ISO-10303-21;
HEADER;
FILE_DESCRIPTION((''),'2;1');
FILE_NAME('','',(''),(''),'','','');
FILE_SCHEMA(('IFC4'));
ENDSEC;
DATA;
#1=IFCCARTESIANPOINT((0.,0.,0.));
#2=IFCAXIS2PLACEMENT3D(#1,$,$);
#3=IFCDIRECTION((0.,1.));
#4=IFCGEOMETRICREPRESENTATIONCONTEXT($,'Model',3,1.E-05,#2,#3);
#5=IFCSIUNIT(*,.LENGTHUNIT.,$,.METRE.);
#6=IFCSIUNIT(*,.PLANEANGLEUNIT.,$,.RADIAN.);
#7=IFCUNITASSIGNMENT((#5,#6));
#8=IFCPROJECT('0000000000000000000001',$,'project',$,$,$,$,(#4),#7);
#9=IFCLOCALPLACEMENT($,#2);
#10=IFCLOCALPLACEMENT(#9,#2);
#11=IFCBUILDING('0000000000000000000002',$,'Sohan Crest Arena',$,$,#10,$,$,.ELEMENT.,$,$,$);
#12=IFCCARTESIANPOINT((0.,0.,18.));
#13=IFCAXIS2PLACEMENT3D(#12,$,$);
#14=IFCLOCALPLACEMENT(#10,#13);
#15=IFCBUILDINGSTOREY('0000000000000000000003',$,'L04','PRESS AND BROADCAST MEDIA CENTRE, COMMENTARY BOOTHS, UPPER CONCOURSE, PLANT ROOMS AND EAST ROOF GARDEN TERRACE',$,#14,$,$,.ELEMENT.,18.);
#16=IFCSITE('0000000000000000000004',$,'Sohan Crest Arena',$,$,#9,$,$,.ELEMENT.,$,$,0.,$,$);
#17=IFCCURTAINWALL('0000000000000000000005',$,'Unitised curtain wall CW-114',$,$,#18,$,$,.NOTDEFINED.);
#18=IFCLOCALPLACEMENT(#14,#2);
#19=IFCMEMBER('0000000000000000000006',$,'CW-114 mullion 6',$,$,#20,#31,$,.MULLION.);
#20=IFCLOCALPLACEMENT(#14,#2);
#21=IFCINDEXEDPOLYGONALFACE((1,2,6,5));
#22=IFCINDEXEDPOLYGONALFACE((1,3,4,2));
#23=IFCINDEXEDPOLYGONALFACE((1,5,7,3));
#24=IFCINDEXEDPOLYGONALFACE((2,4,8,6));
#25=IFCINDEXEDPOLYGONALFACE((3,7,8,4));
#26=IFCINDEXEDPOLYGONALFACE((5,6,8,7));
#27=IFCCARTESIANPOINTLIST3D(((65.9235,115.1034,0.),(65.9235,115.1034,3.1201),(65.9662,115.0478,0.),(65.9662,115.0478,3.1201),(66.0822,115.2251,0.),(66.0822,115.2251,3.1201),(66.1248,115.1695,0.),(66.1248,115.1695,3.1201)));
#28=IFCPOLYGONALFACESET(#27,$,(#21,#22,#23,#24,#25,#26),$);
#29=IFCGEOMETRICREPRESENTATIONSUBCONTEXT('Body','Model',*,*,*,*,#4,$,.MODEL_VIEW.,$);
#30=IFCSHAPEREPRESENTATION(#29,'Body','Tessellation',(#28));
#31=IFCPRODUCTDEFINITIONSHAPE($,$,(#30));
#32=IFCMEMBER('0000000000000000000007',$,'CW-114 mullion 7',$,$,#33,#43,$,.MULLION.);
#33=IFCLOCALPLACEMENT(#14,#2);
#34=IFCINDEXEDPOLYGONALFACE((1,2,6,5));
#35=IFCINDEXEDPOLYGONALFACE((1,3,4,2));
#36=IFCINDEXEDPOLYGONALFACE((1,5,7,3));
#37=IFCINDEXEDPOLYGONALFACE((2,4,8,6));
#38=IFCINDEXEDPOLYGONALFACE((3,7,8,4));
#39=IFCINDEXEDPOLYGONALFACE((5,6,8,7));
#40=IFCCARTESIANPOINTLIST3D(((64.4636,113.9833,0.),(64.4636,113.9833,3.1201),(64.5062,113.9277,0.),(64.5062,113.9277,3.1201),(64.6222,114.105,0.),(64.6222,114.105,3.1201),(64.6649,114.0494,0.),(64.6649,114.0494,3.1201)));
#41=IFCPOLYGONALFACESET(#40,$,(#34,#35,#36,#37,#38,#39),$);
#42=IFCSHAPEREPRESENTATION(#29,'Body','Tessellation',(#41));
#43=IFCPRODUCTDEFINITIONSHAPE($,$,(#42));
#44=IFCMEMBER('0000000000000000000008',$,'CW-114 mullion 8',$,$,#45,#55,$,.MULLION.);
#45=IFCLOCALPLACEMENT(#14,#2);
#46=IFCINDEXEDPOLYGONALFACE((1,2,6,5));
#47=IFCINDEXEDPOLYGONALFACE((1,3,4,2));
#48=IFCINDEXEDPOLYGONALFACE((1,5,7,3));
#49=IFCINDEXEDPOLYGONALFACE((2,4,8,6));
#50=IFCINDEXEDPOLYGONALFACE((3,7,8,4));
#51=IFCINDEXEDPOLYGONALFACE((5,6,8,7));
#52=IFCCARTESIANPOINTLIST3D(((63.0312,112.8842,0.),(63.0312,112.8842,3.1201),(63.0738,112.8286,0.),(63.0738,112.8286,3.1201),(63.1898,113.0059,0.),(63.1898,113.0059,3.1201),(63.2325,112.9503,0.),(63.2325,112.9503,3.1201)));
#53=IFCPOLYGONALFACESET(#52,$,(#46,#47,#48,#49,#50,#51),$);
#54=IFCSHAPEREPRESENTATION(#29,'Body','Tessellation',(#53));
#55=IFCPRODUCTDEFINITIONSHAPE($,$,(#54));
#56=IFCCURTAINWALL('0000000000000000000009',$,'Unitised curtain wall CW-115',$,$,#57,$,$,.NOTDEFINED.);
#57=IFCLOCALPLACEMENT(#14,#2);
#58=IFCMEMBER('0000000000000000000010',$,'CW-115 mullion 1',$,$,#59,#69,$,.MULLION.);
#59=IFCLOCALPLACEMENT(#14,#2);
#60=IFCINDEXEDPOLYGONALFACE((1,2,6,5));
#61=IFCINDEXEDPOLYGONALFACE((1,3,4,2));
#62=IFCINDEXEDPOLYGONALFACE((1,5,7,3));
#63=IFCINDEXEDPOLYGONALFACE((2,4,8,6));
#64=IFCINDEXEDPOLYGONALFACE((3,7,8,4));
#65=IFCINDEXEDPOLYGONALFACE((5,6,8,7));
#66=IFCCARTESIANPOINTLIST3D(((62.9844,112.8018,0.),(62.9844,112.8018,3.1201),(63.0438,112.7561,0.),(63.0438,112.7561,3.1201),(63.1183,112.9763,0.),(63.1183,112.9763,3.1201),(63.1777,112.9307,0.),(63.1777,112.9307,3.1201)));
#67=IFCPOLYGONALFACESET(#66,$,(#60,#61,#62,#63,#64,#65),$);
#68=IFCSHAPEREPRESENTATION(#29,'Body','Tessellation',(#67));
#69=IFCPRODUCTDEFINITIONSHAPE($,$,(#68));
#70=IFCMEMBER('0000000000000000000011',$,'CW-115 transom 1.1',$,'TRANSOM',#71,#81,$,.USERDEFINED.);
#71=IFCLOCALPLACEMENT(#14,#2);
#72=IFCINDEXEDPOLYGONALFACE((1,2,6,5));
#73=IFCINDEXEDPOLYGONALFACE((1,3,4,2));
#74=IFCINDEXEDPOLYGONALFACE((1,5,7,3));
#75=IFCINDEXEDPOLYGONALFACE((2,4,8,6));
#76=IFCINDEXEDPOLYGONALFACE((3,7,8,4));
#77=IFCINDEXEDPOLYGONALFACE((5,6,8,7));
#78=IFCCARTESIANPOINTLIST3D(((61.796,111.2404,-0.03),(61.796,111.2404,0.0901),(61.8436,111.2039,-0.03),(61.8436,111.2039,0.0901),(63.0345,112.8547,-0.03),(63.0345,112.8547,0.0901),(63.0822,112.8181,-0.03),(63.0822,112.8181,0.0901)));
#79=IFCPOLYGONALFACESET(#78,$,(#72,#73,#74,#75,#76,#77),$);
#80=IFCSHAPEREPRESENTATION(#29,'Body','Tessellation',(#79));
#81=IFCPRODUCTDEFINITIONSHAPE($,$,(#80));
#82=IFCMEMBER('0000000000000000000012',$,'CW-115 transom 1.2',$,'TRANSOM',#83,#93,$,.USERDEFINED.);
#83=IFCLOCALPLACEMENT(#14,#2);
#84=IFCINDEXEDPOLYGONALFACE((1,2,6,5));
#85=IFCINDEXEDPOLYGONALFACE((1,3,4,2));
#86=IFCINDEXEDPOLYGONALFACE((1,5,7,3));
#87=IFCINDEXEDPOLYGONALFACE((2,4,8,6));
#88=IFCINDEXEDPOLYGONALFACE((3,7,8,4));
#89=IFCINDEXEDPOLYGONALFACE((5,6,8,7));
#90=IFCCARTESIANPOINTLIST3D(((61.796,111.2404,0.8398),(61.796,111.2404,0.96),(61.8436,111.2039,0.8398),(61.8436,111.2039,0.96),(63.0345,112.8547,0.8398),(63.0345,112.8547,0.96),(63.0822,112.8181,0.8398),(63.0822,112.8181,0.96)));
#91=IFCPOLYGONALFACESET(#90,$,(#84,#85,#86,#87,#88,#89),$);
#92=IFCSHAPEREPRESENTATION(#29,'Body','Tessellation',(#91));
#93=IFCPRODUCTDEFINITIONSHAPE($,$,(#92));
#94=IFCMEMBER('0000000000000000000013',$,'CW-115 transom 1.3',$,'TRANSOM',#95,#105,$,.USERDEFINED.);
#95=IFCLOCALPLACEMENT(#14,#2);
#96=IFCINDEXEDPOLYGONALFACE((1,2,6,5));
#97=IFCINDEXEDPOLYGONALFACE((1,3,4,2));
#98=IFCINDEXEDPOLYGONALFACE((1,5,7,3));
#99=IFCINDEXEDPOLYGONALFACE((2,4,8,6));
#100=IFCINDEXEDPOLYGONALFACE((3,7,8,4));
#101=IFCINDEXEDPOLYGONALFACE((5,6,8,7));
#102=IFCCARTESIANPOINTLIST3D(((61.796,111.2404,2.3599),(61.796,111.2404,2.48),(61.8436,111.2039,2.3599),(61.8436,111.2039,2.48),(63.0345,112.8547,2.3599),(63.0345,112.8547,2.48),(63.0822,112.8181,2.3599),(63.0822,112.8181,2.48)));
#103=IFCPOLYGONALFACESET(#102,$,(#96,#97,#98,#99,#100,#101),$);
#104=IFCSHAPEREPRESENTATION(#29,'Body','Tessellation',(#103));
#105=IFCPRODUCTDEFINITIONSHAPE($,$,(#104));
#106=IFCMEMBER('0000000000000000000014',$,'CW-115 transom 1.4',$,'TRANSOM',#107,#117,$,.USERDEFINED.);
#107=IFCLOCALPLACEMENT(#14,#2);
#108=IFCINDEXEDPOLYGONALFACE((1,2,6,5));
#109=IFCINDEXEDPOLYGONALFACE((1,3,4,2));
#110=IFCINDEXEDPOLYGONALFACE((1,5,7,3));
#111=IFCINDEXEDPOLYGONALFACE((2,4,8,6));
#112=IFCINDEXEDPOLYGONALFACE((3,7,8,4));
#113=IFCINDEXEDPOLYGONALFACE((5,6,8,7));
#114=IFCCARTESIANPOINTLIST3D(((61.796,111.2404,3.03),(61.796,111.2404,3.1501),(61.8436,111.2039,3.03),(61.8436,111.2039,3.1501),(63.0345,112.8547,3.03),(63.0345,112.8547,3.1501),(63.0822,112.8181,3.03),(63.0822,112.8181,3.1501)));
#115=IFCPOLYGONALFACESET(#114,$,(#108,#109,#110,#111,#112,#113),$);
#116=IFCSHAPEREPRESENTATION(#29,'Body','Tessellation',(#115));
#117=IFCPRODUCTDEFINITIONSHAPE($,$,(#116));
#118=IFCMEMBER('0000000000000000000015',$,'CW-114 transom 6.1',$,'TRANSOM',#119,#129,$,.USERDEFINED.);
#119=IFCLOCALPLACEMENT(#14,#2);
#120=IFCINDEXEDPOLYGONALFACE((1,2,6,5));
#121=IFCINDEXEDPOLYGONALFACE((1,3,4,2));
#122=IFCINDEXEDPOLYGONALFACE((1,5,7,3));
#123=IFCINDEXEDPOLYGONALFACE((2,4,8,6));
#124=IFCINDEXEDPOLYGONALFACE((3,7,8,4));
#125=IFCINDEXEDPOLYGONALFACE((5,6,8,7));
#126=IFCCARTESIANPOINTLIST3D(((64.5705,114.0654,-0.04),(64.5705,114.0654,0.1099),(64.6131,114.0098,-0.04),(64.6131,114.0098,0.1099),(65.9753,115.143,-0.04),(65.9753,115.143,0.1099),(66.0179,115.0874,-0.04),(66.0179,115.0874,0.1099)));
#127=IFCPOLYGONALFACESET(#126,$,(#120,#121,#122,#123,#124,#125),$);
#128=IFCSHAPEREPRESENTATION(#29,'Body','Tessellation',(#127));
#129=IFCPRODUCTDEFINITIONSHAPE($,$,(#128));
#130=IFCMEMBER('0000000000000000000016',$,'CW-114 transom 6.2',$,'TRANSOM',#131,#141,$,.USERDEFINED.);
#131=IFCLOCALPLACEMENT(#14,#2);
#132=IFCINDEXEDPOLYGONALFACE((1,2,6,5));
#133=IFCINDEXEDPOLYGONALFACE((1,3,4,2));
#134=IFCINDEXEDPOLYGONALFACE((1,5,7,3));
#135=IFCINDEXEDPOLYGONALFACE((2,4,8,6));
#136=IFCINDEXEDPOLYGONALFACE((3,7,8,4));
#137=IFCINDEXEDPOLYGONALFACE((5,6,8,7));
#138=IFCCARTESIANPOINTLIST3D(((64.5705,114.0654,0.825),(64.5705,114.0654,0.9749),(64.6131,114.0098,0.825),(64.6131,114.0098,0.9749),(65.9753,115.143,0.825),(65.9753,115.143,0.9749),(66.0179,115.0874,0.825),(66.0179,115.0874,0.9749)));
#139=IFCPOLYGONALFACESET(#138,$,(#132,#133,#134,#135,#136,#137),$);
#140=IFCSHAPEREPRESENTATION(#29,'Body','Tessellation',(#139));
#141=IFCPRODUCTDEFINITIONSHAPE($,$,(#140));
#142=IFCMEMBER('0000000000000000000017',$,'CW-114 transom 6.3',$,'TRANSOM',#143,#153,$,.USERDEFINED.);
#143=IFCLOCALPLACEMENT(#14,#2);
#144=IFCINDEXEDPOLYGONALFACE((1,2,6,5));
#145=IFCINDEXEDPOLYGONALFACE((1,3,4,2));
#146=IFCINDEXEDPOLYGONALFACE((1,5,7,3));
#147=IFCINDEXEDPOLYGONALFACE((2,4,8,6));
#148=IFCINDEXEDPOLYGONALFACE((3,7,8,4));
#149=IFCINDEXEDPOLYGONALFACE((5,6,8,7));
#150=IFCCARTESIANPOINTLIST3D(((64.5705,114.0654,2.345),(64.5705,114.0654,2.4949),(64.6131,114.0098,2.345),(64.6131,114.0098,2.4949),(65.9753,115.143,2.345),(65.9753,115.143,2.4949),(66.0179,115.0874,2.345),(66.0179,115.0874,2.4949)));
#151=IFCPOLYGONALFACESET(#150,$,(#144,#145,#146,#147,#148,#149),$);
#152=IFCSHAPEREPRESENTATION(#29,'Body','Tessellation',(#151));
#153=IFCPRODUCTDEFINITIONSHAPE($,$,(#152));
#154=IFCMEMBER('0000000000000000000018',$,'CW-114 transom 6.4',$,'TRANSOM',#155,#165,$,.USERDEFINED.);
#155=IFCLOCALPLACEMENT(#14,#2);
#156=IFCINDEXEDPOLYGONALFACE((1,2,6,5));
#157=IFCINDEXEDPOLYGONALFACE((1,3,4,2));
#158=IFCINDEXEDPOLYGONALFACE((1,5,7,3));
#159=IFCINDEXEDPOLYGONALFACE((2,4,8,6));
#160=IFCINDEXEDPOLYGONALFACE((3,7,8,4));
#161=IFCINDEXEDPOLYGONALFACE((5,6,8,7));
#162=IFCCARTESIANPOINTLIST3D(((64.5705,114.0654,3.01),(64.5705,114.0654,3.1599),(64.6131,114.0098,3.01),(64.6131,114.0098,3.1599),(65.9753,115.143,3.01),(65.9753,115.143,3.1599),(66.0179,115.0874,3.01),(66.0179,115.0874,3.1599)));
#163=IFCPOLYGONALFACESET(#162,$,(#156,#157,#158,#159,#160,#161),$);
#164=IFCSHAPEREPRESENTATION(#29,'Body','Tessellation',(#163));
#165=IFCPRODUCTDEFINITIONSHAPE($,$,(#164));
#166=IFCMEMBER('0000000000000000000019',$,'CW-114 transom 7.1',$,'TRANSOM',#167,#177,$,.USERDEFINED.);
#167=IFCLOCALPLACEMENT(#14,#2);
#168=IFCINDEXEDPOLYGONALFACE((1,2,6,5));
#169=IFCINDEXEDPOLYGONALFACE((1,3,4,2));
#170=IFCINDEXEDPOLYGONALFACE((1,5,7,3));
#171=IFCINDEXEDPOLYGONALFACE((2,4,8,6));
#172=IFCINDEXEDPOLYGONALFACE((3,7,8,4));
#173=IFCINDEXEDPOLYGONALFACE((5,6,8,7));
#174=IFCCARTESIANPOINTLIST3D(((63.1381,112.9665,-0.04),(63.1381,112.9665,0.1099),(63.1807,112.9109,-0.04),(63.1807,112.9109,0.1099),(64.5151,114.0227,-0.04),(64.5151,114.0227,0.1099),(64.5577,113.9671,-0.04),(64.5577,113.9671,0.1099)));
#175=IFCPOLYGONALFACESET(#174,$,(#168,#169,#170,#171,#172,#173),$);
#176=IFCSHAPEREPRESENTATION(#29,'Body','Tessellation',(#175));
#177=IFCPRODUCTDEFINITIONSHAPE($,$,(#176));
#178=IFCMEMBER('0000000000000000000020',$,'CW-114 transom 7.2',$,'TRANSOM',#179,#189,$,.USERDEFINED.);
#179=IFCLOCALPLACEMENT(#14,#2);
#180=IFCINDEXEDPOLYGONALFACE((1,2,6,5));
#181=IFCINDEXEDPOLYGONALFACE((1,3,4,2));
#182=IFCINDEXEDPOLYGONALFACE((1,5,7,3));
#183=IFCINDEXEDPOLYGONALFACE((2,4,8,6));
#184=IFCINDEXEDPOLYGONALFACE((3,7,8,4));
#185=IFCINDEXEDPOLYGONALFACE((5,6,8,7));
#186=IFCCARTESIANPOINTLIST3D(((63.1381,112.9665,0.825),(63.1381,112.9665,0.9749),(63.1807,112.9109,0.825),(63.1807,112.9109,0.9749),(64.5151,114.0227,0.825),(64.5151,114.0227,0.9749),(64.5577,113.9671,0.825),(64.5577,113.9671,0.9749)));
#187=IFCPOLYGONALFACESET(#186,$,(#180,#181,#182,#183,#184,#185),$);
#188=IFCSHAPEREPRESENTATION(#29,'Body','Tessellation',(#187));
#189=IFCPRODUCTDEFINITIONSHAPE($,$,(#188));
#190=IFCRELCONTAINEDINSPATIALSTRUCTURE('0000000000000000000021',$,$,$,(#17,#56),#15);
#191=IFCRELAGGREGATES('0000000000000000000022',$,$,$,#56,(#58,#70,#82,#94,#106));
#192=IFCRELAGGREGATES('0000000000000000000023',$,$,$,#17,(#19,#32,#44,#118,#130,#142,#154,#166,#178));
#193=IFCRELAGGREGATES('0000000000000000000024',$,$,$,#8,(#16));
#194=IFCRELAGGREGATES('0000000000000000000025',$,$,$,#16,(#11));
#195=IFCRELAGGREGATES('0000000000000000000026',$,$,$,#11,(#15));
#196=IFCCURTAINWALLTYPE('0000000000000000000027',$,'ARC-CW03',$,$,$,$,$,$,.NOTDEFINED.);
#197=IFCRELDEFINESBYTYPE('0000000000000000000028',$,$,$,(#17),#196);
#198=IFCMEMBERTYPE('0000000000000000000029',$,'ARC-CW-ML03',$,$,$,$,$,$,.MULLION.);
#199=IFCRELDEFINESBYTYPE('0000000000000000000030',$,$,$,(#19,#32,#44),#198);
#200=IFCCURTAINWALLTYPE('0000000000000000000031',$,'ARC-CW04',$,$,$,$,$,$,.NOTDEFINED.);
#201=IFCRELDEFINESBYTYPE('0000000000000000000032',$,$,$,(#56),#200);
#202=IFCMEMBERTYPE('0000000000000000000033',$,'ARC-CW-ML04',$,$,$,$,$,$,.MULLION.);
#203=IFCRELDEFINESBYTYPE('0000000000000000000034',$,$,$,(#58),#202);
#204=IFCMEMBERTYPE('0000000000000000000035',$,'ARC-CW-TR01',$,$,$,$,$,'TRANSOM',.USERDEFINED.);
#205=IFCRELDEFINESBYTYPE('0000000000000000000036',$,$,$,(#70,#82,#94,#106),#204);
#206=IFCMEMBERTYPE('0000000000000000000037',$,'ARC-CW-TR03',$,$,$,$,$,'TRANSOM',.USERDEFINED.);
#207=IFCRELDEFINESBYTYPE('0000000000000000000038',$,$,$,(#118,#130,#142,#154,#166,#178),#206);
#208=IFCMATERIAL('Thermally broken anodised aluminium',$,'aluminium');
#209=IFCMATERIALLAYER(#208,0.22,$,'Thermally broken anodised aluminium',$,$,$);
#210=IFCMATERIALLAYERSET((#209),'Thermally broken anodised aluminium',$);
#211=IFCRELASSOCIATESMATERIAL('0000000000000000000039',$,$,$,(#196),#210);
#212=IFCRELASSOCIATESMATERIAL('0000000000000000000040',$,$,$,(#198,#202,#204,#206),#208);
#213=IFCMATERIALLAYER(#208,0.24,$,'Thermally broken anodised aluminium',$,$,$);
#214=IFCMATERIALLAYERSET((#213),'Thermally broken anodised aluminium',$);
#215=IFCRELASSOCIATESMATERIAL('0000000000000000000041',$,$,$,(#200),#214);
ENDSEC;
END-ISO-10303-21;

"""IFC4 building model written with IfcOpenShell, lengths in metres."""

from ifc_helpers import new_model, si_unit, direction, frame, origin, origin_2d, place, context, subcontext, project, spatial, rectangle, extrude, material, layer, layer_set, material_profile, profile_set, type_object, element, aggregate, save


model = new_model("IFC4")

# Units and contexts
model_context = context("Model", 3, precision=1e-05, world=origin(), true_north=direction((0.0, 1.0)))
body_context = subcontext(model_context, "Body", "Model", "MODEL_VIEW")
ifc_project = project(units=[si_unit("LENGTHUNIT", "METRE"), si_unit("PLANEANGLEUNIT", "RADIAN")], contexts=[model_context])

# Site, building, storey
site_placement = place(None, origin())
site = spatial("IfcSite", under=ifc_project, at=site_placement, Name="Sohan Crest Arena", CompositionType="ELEMENT", RefElevation=0.0)
building_placement = place(site_placement, origin())
building = spatial("IfcBuilding", under=site, at=building_placement, Name="Sohan Crest Arena", CompositionType="ELEMENT")
storey_placement = place(building_placement, frame((0.0, 0.0, 18.0)))
storey = spatial("IfcBuildingStorey", under=building, at=storey_placement, Name="L04", Description="PRESS AND BROADCAST MEDIA CENTRE, COMMENTARY BOOTHS, UPPER CONCOURSE, PLANT ROOMS AND EAST ROOF GARDEN TERRACE", CompositionType="ELEMENT", Elevation=18.0)

# Curtain walls, members
ifc_material_1 = material(Name="Thermally broken anodised aluminium", Category="aluminium")
ifc_layer_1 = layer(ifc_material_1, 0.22, Name="Thermally broken anodised aluminium")
ifc_layer_set_1 = layer_set([ifc_layer_1], Name="Thermally broken anodised aluminium")
curtain_wall_type_1 = type_object("IfcCurtainWallType", Name="ARC-CW03", PredefinedType="NOTDEFINED", material=ifc_layer_set_1)
curtain_wall_1_placement = place(storey_placement, origin())
curtain_wall_1 = element("IfcCurtainWall", 1, at=curtain_wall_1_placement, inside=storey, type_object=curtain_wall_type_1, Name="Unitised curtain wall CW-114", PredefinedType="NOTDEFINED")
ifc_material_profile_1 = material_profile(ifc_material_1, rectangle(XDim=0.0701, YDim=0.2, at=origin_2d()), Name="ALU-MULL 70x200")
ifc_profile_set_1 = profile_set([ifc_material_profile_1], Name="Thermally broken anodised aluminium")
member_type_1 = type_object("IfcMemberType", Name="ARC-CW-ML03", PredefinedType="MULLION", material=ifc_profile_set_1)
member_1_placement = place(storey_placement, frame((66.0242, 115.1365, 0.0), z_axis=(0.0, 0.0, 1.0), x_axis=(0.60872, -0.793385, 0.0)))
member_1 = element("IfcMember", 2, at=member_1_placement, type_object=member_type_1, Name="CW-114 mullion 6", PredefinedType="MULLION", context=body_context, shape_type="SweptSolid", body=[
    extrude(rectangle(XDim=0.0701, YDim=0.2, at=origin_2d()), origin(), (0.0, 0.0, 1.0), 3.1201),
])
member_2_placement = place(storey_placement, frame((64.5642, 114.0164, 0.0), z_axis=(0.0, 0.0, 1.0), x_axis=(0.60872, -0.793385, 0.0)))
member_2 = element("IfcMember", 3, at=member_2_placement, type_object=member_type_1, Name="CW-114 mullion 7", PredefinedType="MULLION", context=body_context, shape_type="SweptSolid", body=[
    extrude(rectangle(XDim=0.0701, YDim=0.2, at=origin_2d()), origin(), (0.0, 0.0, 1.0), 3.1201),
])
member_3_placement = place(storey_placement, frame((63.1318, 112.9172, 0.0), z_axis=(0.0, 0.0, 1.0), x_axis=(0.60872, -0.793385, 0.0)))
member_3 = element("IfcMember", 4, at=member_3_placement, type_object=member_type_1, Name="CW-114 mullion 8", PredefinedType="MULLION", context=body_context, shape_type="SweptSolid", body=[
    extrude(rectangle(XDim=0.0701, YDim=0.2, at=origin_2d()), origin(), (0.0, 0.0, 1.0), 3.1201),
])
ifc_layer_2 = layer(ifc_material_1, 0.24, Name="Thermally broken anodised aluminium")
ifc_layer_set_2 = layer_set([ifc_layer_2], Name="Thermally broken anodised aluminium")
curtain_wall_type_2 = type_object("IfcCurtainWallType", Name="ARC-CW04", PredefinedType="NOTDEFINED", material=ifc_layer_set_2)
curtain_wall_2_placement = place(storey_placement, origin())
curtain_wall_2 = element("IfcCurtainWall", 5, at=curtain_wall_2_placement, inside=storey, type_object=curtain_wall_type_2, Name="Unitised curtain wall CW-115", PredefinedType="NOTDEFINED")
ifc_material_profile_2 = material_profile(ifc_material_1, rectangle(XDim=0.075, YDim=0.22, at=origin_2d()), Name="ALU-MULL 75x220")
ifc_profile_set_2 = profile_set([ifc_material_profile_2], Name="Thermally broken anodised aluminium")
member_type_2 = type_object("IfcMemberType", Name="ARC-CW-ML04", PredefinedType="MULLION", material=ifc_profile_set_2)
member_4_placement = place(storey_placement, frame((63.0811, 112.8662, 0.0), z_axis=(0.0, 0.0, 1.0), x_axis=(0.793385, -0.60872, 0.0)))
member_4 = element("IfcMember", 6, at=member_4_placement, type_object=member_type_2, Name="CW-115 mullion 1", PredefinedType="MULLION", context=body_context, shape_type="SweptSolid", body=[
    extrude(rectangle(XDim=0.075, YDim=0.22, at=origin_2d()), origin(), (0.0, 0.0, 1.0), 3.1201),
])
ifc_material_profile_3 = material_profile(ifc_material_1, rectangle(XDim=0.0601, YDim=0.1201, at=origin_2d()), Name="ALU-TRAN 60x120")
ifc_profile_set_3 = profile_set([ifc_material_profile_3], Name="Thermally broken anodised aluminium")
member_type_3 = type_object("IfcMemberType", Name="ARC-CW-TR01", ElementType="TRANSOM", PredefinedType="USERDEFINED", material=ifc_profile_set_3)
member_5_placement = place(storey_placement, frame((63.0583, 112.8364, 0.03), z_axis=(-0.608719, -0.793386, 0.0), x_axis=(0.793386, -0.608719, 0.0)))
member_5 = element("IfcMember", 7, at=member_5_placement, type_object=member_type_3, Name="CW-115 transom 1.1", ObjectType="TRANSOM", PredefinedType="USERDEFINED", context=body_context, shape_type="SweptSolid", body=[
    extrude(rectangle(XDim=0.0601, YDim=0.1201, at=origin_2d()), origin(), (0.0, 0.0, 1.0), 2.0347),
])
member_6_placement = place(storey_placement, frame((63.0583, 112.8364, 0.8999), z_axis=(-0.608719, -0.793386, 0.0), x_axis=(0.793386, -0.608719, 0.0)))
member_6 = element("IfcMember", 8, at=member_6_placement, type_object=member_type_3, Name="CW-115 transom 1.2", ObjectType="TRANSOM", PredefinedType="USERDEFINED", context=body_context, shape_type="SweptSolid", body=[
    extrude(rectangle(XDim=0.0601, YDim=0.1201, at=origin_2d()), origin(), (0.0, 0.0, 1.0), 2.0347),
])
member_7_placement = place(storey_placement, frame((63.0583, 112.8364, 2.4199), z_axis=(-0.608719, -0.793386, 0.0), x_axis=(0.793386, -0.608719, 0.0)))
member_7 = element("IfcMember", 9, at=member_7_placement, type_object=member_type_3, Name="CW-115 transom 1.3", ObjectType="TRANSOM", PredefinedType="USERDEFINED", context=body_context, shape_type="SweptSolid", body=[
    extrude(rectangle(XDim=0.0601, YDim=0.1201, at=origin_2d()), origin(), (0.0, 0.0, 1.0), 2.0347),
])
member_8_placement = place(storey_placement, frame((63.0583, 112.8364, 3.0901), z_axis=(-0.608719, -0.793386, 0.0), x_axis=(0.793386, -0.608719, 0.0)))
member_8 = element("IfcMember", 10, at=member_8_placement, type_object=member_type_3, Name="CW-115 transom 1.4", ObjectType="TRANSOM", PredefinedType="USERDEFINED", context=body_context, shape_type="SweptSolid", body=[
    extrude(rectangle(XDim=0.0601, YDim=0.1201, at=origin_2d()), origin(), (0.0, 0.0, 1.0), 2.0347),
])
aggregate(curtain_wall_2, [member_4, member_5, member_6, member_7, member_8])

# Members
ifc_material_profile_4 = material_profile(ifc_material_1, rectangle(XDim=0.0701, YDim=0.1499, at=origin_2d()), Name="ALU-TRAN 70x150")
ifc_profile_set_4 = profile_set([ifc_material_profile_4], Name="Thermally broken anodised aluminium")
member_type_4 = type_object("IfcMemberType", Name="ARC-CW-TR03", ElementType="TRANSOM", PredefinedType="USERDEFINED", material=ifc_profile_set_4)
member_9_placement = place(storey_placement, frame((65.9966, 115.1152, 0.0349), z_axis=(-0.793433, -0.608657, 0.0), x_axis=(0.608657, -0.793433, 0.0)))
member_9 = element("IfcMember", 11, at=member_9_placement, type_object=member_type_4, Name="CW-114 transom 6.1", ObjectType="TRANSOM", PredefinedType="USERDEFINED", context=body_context, shape_type="SweptSolid", body=[
    extrude(rectangle(XDim=0.0701, YDim=0.1499, at=origin_2d()), origin(), (0.0, 0.0, 1.0), 1.7705),
])
member_10_placement = place(storey_placement, frame((65.9966, 115.1152, 0.8999), z_axis=(-0.793433, -0.608657, 0.0), x_axis=(0.608657, -0.793433, 0.0)))
member_10 = element("IfcMember", 12, at=member_10_placement, type_object=member_type_4, Name="CW-114 transom 6.2", ObjectType="TRANSOM", PredefinedType="USERDEFINED", context=body_context, shape_type="SweptSolid", body=[
    extrude(rectangle(XDim=0.0701, YDim=0.1499, at=origin_2d()), origin(), (0.0, 0.0, 1.0), 1.7705),
])
member_11_placement = place(storey_placement, frame((65.9966, 115.1152, 2.4199), z_axis=(-0.793433, -0.608657, 0.0), x_axis=(0.608657, -0.793433, 0.0)))
member_11 = element("IfcMember", 13, at=member_11_placement, type_object=member_type_4, Name="CW-114 transom 6.3", ObjectType="TRANSOM", PredefinedType="USERDEFINED", context=body_context, shape_type="SweptSolid", body=[
    extrude(rectangle(XDim=0.0701, YDim=0.1499, at=origin_2d()), origin(), (0.0, 0.0, 1.0), 1.7705),
])
member_12_placement = place(storey_placement, frame((65.9966, 115.1152, 3.085), z_axis=(-0.793433, -0.608657, 0.0), x_axis=(0.608657, -0.793433, 0.0)))
member_12 = element("IfcMember", 14, at=member_12_placement, type_object=member_type_4, Name="CW-114 transom 6.4", ObjectType="TRANSOM", PredefinedType="USERDEFINED", context=body_context, shape_type="SweptSolid", body=[
    extrude(rectangle(XDim=0.0701, YDim=0.1499, at=origin_2d()), origin(), (0.0, 0.0, 1.0), 1.7705),
])
member_13_placement = place(storey_placement, frame((64.5364, 113.9949, 0.0349), z_axis=(-0.79347, -0.608609, 0.0), x_axis=(0.608609, -0.79347, 0.0)))
member_13 = element("IfcMember", 15, at=member_13_placement, type_object=member_type_4, Name="CW-114 transom 7.1", ObjectType="TRANSOM", PredefinedType="USERDEFINED", context=body_context, shape_type="SweptSolid", body=[
    extrude(rectangle(XDim=0.0701, YDim=0.1499, at=origin_2d()), origin(), (0.0, 0.0, 1.0), 1.7354),
])
member_14_placement = place(storey_placement, frame((64.5364, 113.9949, 0.8999), z_axis=(-0.79347, -0.608609, 0.0), x_axis=(0.608609, -0.79347, 0.0)))
member_14 = element("IfcMember", 16, at=member_14_placement, type_object=member_type_4, Name="CW-114 transom 7.2", ObjectType="TRANSOM", PredefinedType="USERDEFINED", context=body_context, shape_type="SweptSolid", body=[
    extrude(rectangle(XDim=0.0701, YDim=0.1499, at=origin_2d()), origin(), (0.0, 0.0, 1.0), 1.7354),
])

aggregate(curtain_wall_1, [member_1, member_2, member_3, member_9, member_10, member_11, member_12, member_13, member_14])

save(model, "model.ifc")
